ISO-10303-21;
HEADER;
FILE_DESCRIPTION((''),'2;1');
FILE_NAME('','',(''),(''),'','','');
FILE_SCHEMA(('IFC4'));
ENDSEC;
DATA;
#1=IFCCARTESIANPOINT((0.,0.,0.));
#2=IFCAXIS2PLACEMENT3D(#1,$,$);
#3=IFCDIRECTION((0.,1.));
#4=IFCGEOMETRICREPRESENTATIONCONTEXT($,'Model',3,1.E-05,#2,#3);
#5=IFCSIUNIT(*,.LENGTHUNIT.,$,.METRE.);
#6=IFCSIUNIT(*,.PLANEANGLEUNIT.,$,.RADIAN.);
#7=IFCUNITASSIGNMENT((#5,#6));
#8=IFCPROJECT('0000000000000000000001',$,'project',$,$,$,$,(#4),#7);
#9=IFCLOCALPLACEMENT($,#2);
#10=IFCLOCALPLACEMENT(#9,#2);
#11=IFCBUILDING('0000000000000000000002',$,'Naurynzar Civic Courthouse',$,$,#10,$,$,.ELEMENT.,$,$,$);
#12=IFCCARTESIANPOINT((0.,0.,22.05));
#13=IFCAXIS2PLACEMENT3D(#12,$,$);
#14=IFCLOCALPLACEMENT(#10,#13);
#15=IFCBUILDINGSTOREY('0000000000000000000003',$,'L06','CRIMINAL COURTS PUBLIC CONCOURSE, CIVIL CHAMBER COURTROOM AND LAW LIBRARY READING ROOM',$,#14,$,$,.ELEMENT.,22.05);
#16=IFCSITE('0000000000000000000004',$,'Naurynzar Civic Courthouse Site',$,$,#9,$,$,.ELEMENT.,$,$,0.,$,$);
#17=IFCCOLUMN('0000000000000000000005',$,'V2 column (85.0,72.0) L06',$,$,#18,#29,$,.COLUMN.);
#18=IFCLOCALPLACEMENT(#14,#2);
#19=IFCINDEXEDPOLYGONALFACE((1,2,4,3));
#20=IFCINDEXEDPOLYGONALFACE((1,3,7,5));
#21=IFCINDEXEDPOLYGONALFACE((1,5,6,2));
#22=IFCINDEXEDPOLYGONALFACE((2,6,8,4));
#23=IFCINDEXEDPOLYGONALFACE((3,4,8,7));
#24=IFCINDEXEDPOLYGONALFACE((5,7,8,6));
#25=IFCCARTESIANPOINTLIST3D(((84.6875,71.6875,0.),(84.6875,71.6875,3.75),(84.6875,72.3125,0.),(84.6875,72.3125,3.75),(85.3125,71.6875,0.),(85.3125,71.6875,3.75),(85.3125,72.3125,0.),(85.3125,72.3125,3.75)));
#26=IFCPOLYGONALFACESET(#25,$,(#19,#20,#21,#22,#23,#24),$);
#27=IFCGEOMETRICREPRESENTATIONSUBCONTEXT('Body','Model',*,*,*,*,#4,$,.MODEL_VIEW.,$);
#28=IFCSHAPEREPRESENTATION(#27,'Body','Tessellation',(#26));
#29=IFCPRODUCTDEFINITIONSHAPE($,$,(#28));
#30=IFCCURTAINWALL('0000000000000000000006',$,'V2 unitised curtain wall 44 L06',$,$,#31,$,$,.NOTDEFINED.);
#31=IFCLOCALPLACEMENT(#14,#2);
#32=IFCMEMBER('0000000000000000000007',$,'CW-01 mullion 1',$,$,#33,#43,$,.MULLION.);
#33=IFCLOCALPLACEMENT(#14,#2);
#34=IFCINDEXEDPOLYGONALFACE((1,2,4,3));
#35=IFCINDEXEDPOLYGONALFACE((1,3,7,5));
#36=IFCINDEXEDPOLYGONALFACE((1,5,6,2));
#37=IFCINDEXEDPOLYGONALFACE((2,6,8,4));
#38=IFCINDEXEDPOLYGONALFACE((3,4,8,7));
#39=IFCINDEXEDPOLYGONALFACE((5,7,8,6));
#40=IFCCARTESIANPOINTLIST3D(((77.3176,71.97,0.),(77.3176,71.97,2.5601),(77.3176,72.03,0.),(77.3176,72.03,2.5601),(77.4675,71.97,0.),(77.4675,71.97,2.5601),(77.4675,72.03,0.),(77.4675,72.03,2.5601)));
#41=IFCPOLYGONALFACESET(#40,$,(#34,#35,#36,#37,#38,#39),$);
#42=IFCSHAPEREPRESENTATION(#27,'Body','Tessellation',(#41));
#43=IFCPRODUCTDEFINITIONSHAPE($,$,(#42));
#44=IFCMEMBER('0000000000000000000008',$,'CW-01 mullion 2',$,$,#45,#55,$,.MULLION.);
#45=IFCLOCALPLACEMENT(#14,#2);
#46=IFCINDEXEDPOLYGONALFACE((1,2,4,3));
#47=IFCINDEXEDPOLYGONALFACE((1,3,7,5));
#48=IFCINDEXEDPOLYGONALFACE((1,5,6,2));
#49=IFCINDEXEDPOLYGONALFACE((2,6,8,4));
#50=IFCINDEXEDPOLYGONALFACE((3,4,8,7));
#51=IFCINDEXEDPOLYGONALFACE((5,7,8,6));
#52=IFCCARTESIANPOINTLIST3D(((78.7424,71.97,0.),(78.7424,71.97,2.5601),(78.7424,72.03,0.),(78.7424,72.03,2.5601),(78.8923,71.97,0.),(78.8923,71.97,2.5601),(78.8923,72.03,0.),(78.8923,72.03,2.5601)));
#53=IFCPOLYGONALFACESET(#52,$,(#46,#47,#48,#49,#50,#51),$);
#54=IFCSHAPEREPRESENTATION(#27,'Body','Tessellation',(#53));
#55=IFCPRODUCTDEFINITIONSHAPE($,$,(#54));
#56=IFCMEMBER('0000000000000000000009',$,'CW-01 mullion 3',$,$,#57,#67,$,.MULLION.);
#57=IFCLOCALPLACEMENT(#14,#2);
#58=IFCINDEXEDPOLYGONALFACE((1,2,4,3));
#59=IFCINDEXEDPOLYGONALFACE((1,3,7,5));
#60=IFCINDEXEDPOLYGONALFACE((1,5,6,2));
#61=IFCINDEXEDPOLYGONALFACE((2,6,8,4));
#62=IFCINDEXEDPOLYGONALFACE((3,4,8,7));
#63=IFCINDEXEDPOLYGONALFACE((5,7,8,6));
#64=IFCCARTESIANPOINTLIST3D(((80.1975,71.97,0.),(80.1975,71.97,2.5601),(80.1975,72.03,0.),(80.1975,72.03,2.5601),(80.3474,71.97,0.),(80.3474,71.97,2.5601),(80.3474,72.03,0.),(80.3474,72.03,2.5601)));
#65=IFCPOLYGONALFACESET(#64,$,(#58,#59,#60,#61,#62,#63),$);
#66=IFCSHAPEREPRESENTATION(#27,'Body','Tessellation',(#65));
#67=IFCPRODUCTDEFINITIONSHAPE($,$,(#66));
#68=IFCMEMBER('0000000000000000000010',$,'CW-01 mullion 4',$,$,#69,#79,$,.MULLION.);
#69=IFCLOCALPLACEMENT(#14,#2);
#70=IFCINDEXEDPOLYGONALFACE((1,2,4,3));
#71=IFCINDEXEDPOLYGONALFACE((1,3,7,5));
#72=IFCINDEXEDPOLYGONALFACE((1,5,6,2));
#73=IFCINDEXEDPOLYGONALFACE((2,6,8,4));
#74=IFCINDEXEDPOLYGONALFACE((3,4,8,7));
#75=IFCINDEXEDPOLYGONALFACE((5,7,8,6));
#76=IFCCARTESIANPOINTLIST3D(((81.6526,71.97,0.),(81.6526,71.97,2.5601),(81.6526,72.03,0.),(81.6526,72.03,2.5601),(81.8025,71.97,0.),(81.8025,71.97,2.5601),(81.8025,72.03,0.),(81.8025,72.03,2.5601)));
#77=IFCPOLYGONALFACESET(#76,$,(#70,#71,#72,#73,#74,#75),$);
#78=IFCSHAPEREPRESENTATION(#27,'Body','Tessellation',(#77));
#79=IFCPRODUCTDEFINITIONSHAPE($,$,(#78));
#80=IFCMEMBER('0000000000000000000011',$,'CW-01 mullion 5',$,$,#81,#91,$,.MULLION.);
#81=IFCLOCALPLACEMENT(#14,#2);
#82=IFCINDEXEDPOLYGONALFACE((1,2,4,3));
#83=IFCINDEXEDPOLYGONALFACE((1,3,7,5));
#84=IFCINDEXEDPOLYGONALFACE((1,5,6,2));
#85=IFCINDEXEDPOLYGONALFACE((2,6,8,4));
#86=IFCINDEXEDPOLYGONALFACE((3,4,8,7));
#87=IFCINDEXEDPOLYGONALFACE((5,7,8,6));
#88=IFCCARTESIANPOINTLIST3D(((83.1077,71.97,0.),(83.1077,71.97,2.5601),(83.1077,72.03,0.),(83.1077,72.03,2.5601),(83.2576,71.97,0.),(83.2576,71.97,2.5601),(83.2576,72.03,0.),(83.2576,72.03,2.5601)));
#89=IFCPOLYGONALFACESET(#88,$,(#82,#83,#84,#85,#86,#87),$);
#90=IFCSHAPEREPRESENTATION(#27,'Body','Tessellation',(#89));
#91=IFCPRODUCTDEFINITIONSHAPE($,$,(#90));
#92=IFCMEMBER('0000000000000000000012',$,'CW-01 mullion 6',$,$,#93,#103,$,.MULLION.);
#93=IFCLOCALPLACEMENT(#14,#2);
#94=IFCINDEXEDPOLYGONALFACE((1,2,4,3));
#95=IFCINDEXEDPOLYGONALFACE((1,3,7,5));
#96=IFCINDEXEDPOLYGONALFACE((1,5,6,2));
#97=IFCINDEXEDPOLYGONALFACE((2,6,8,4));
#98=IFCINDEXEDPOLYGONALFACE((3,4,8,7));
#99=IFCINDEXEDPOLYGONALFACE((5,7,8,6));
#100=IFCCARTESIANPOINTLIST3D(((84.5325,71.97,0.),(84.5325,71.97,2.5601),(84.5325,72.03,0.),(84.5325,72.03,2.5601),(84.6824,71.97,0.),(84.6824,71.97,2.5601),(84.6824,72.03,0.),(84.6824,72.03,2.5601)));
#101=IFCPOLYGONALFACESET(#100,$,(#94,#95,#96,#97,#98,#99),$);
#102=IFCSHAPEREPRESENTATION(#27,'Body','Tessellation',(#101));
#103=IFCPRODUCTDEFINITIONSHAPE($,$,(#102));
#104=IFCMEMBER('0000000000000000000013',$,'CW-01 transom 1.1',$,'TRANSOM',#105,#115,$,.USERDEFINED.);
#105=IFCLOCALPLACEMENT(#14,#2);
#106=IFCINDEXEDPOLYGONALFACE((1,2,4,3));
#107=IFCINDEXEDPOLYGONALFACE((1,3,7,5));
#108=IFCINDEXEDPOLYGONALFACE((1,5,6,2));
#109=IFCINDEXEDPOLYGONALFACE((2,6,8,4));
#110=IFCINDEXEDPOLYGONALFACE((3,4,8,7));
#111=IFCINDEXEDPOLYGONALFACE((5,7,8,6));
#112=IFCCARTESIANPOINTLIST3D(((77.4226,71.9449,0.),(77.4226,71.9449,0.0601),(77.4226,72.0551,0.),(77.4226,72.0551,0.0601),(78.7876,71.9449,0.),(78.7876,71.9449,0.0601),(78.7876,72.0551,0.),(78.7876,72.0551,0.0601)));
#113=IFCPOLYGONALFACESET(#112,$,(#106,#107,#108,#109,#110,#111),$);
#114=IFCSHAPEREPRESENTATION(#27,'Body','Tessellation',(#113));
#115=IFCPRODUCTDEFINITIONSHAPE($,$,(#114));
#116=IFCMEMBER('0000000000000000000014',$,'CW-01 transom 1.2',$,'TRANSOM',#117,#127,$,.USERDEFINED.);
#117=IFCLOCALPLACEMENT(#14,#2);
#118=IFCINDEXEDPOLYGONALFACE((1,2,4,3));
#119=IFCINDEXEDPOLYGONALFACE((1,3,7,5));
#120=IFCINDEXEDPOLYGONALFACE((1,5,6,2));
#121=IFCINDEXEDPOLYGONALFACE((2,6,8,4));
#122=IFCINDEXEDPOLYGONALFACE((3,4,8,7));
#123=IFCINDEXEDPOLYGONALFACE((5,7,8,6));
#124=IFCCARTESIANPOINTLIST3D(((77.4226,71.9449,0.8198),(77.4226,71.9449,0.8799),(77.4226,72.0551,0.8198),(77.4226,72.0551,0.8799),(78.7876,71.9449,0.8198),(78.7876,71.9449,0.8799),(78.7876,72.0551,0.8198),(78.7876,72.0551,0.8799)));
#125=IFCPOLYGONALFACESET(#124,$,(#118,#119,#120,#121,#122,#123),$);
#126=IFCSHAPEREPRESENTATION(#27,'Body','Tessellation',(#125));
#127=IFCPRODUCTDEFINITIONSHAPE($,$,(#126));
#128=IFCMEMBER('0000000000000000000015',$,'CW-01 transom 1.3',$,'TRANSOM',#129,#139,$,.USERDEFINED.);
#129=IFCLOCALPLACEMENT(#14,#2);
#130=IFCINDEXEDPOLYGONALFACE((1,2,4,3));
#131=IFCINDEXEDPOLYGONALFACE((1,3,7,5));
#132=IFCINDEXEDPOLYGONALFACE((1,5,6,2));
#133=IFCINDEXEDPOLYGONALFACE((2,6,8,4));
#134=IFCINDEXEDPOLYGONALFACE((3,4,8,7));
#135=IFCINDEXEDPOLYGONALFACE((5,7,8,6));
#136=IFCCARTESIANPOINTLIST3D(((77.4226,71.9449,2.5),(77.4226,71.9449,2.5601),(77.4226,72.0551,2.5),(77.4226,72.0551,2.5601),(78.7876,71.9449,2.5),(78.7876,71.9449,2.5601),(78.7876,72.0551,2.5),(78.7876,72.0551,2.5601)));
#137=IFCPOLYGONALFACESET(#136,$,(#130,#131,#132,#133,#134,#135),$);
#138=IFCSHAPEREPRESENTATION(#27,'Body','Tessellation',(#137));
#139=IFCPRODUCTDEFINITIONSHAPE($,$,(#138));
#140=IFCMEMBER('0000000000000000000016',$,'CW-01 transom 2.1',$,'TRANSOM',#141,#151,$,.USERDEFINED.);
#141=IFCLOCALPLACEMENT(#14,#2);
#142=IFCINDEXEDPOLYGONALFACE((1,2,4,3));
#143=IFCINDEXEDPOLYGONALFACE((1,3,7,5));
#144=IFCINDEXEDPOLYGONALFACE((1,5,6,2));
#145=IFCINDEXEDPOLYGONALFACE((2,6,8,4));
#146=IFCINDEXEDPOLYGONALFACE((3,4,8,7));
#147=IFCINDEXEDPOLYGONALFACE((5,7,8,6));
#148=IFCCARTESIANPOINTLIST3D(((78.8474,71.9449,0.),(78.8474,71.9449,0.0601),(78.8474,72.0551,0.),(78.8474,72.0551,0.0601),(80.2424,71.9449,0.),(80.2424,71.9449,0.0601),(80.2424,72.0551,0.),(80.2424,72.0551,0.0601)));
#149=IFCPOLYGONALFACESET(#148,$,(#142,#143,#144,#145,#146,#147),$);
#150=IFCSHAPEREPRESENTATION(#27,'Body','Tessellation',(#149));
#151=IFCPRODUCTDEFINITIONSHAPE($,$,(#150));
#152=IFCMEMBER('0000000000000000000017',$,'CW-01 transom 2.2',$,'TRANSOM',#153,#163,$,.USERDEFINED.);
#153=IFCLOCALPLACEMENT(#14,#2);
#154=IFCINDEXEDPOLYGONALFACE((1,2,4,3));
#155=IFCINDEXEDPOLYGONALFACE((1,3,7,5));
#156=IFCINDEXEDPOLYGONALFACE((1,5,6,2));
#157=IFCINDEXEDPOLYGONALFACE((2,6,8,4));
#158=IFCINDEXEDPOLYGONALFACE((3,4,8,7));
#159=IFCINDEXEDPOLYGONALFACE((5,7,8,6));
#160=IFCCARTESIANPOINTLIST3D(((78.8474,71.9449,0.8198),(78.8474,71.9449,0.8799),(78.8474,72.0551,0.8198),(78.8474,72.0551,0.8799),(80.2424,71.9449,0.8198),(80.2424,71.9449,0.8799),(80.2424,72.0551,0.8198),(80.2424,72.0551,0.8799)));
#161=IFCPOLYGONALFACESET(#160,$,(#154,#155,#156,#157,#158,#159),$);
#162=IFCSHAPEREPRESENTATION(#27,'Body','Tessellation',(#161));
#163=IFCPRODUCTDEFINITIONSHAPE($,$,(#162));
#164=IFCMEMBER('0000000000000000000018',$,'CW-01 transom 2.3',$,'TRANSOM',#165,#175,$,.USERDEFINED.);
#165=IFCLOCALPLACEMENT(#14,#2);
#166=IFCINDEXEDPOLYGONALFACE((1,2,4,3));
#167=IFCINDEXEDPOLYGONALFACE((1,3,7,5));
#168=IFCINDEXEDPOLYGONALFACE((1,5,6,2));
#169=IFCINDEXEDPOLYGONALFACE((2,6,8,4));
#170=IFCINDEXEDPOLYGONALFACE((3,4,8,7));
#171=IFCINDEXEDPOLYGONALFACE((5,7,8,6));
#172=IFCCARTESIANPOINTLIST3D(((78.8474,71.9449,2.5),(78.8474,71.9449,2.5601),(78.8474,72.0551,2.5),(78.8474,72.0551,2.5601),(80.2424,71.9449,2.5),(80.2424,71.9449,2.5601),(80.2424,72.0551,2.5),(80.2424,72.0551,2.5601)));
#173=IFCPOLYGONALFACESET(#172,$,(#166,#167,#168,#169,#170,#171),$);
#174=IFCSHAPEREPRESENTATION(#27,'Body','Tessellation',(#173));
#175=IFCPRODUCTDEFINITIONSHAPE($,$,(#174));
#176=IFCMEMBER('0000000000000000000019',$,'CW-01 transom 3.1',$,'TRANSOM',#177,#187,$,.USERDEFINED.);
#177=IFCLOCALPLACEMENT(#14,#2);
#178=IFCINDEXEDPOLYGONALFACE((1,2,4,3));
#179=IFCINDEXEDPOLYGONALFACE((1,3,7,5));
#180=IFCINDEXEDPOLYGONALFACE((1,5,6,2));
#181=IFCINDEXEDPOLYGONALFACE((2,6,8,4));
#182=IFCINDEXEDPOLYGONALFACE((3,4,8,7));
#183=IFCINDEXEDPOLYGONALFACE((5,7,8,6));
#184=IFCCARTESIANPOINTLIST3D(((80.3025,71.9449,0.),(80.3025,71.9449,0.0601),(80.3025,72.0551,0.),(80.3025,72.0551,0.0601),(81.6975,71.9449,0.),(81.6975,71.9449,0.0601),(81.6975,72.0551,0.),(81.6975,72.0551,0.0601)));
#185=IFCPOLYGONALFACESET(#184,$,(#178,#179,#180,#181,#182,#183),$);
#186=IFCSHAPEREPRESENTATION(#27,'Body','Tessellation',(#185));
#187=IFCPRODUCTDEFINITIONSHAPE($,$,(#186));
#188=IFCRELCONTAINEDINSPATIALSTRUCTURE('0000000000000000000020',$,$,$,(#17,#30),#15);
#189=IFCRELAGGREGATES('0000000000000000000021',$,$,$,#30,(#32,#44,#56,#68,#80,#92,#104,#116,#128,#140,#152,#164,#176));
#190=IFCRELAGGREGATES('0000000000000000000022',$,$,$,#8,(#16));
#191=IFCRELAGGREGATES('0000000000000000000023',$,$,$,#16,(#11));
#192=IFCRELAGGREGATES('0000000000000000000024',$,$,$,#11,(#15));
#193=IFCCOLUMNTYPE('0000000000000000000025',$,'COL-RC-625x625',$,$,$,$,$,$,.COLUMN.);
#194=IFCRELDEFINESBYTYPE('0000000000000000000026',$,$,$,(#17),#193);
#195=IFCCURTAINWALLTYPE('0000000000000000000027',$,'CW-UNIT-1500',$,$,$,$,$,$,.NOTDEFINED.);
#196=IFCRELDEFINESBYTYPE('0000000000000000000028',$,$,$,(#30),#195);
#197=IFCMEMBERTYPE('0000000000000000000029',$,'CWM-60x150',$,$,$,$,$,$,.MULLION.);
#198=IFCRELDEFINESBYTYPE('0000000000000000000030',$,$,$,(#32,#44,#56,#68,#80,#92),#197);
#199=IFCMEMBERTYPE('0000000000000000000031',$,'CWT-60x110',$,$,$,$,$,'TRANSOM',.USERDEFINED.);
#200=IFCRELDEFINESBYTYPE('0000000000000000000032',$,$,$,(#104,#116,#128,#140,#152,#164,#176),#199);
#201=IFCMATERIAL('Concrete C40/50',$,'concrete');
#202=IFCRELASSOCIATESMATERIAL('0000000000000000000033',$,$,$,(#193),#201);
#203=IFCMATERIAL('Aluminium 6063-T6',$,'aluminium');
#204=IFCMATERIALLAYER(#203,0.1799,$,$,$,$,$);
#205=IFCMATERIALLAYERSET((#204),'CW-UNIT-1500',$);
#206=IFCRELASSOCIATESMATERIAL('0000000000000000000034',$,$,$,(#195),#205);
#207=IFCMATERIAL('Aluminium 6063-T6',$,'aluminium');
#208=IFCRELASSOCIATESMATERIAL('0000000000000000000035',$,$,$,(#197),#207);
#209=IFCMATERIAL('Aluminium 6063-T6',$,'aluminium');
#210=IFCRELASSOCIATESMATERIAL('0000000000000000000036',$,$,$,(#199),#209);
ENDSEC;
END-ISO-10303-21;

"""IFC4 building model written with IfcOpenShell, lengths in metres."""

from ifc_helpers import new_model, si_unit, direction, frame, origin, origin_2d, place, context, subcontext, project, spatial, rectangle, extrude, material, layer, layer_set, material_profile, profile_set, type_object, element, aggregate, save


model = new_model("IFC4")

# Units and contexts
model_context = context("Model", 3, precision=1e-05, world=origin(), true_north=direction((0.0, 1.0)))
body_context = subcontext(model_context, "Body", "Model", "MODEL_VIEW")
ifc_project = project(units=[si_unit("LENGTHUNIT", "METRE"), si_unit("PLANEANGLEUNIT", "RADIAN")], contexts=[model_context])

# Site, building, storey
site_placement = place(None, origin())
site = spatial("IfcSite", under=ifc_project, at=site_placement, Name="Naurynzar Civic Courthouse Site", CompositionType="ELEMENT", RefElevation=0.0)
building_placement = place(site_placement, origin())
building = spatial("IfcBuilding", under=site, at=building_placement, Name="Naurynzar Civic Courthouse", CompositionType="ELEMENT")
storey_placement = place(building_placement, frame((0.0, 0.0, 22.05)))
storey = spatial("IfcBuildingStorey", under=building, at=storey_placement, Name="L06", Description="CRIMINAL COURTS PUBLIC CONCOURSE, CIVIL CHAMBER COURTROOM AND LAW LIBRARY READING ROOM", CompositionType="ELEMENT", Elevation=22.05)

# Column
ifc_material_1 = material(Name="Concrete C40/50", Category="concrete")
ifc_material_profile_1 = material_profile(ifc_material_1, rectangle(XDim=0.625, YDim=0.625, at=origin_2d()), Name="RC 625x625")
ifc_profile_set_1 = profile_set([ifc_material_profile_1], Name="Concrete C40/50")
column_type = type_object("IfcColumnType", Name="COL-RC-625x625", PredefinedType="COLUMN", material=ifc_profile_set_1)
column_placement = place(storey_placement, frame((85.0, 72.0, 0.0), z_axis=(0.0, 0.0, 1.0), x_axis=(1.0, 0.0, 0.0)))
element("IfcColumn", 1, at=column_placement, inside=storey, type_object=column_type, Name="V2 column (85.0,72.0) L06", PredefinedType="COLUMN", context=body_context, shape_type="SweptSolid", body=[
    extrude(rectangle(XDim=0.625, YDim=0.625, at=origin_2d()), origin(), (0.0, 0.0, 1.0), 3.75),
])

# Curtain wall, members
ifc_material_2 = material(Name="Aluminium 6063-T6", Category="aluminium")
ifc_layer_1 = layer(ifc_material_2, 0.1799)
ifc_layer_set_1 = layer_set([ifc_layer_1], Name="CW-UNIT-1500")
curtain_wall_type = type_object("IfcCurtainWallType", Name="CW-UNIT-1500", PredefinedType="NOTDEFINED", material=ifc_layer_set_1)
curtain_wall_placement = place(storey_placement, origin())
curtain_wall = element("IfcCurtainWall", 2, at=curtain_wall_placement, inside=storey, type_object=curtain_wall_type, Name="V2 unitised curtain wall 44 L06", PredefinedType="NOTDEFINED")
ifc_material_3 = material(Name="Aluminium 6063-T6", Category="aluminium")
ifc_material_profile_2 = material_profile(ifc_material_3, rectangle(XDim=0.0601, YDim=0.1499, at=origin_2d()), Name="ALU MULLION 60x150")
ifc_profile_set_2 = profile_set([ifc_material_profile_2], Name="Aluminium 6063-T6")
member_type_1 = type_object("IfcMemberType", Name="CWM-60x150", PredefinedType="MULLION", material=ifc_profile_set_2)
member_1_placement = place(storey_placement, frame((77.3926, 72.0, 0.0), z_axis=(0.0, 0.0, 1.0), x_axis=(0.0, 1.0, 0.0)))
member_1 = element("IfcMember", 3, at=member_1_placement, type_object=member_type_1, Name="CW-01 mullion 1", PredefinedType="MULLION", context=body_context, shape_type="SweptSolid", body=[
    extrude(rectangle(XDim=0.0601, YDim=0.1499, at=origin_2d()), origin(), (0.0, 0.0, 1.0), 2.5601),
])
member_2_placement = place(storey_placement, frame((78.8174, 72.0, 0.0), z_axis=(0.0, 0.0, 1.0), x_axis=(0.0, 1.0, 0.0)))
member_2 = element("IfcMember", 4, at=member_2_placement, type_object=member_type_1, Name="CW-01 mullion 2", PredefinedType="MULLION", context=body_context, shape_type="SweptSolid", body=[
    extrude(rectangle(XDim=0.0601, YDim=0.1499, at=origin_2d()), origin(), (0.0, 0.0, 1.0), 2.5601),
])
member_3_placement = place(storey_placement, frame((80.2725, 72.0, 0.0), z_axis=(0.0, 0.0, 1.0), x_axis=(0.0, 1.0, 0.0)))
member_3 = element("IfcMember", 5, at=member_3_placement, type_object=member_type_1, Name="CW-01 mullion 3", PredefinedType="MULLION", context=body_context, shape_type="SweptSolid", body=[
    extrude(rectangle(XDim=0.0601, YDim=0.1499, at=origin_2d()), origin(), (0.0, 0.0, 1.0), 2.5601),
])
member_4_placement = place(storey_placement, frame((81.7275, 72.0, 0.0), z_axis=(0.0, 0.0, 1.0), x_axis=(0.0, 1.0, 0.0)))
member_4 = element("IfcMember", 6, at=member_4_placement, type_object=member_type_1, Name="CW-01 mullion 4", PredefinedType="MULLION", context=body_context, shape_type="SweptSolid", body=[
    extrude(rectangle(XDim=0.0601, YDim=0.1499, at=origin_2d()), origin(), (0.0, 0.0, 1.0), 2.5601),
])
member_5_placement = place(storey_placement, frame((83.1826, 72.0, 0.0), z_axis=(0.0, 0.0, 1.0), x_axis=(0.0, 1.0, 0.0)))
member_5 = element("IfcMember", 7, at=member_5_placement, type_object=member_type_1, Name="CW-01 mullion 5", PredefinedType="MULLION", context=body_context, shape_type="SweptSolid", body=[
    extrude(rectangle(XDim=0.0601, YDim=0.1499, at=origin_2d()), origin(), (0.0, 0.0, 1.0), 2.5601),
])
member_6_placement = place(storey_placement, frame((84.6074, 72.0, 0.0), z_axis=(0.0, 0.0, 1.0), x_axis=(0.0, 1.0, 0.0)))
member_6 = element("IfcMember", 8, at=member_6_placement, type_object=member_type_1, Name="CW-01 mullion 6", PredefinedType="MULLION", context=body_context, shape_type="SweptSolid", body=[
    extrude(rectangle(XDim=0.0601, YDim=0.1499, at=origin_2d()), origin(), (0.0, 0.0, 1.0), 2.5601),
])
ifc_material_4 = material(Name="Aluminium 6063-T6", Category="aluminium")
ifc_material_profile_3 = material_profile(ifc_material_4, rectangle(XDim=0.1101, YDim=0.0601, at=origin_2d()), Name="ALU TRANSOM 60x110")
ifc_profile_set_3 = profile_set([ifc_material_profile_3], Name="Aluminium 6063-T6")
member_type_2 = type_object("IfcMemberType", Name="CWT-60x110", ElementType="TRANSOM", PredefinedType="USERDEFINED", material=ifc_profile_set_3)
member_7_placement = place(storey_placement, frame((77.4226, 72.0, 0.03), z_axis=(1.0, 0.0, 0.0), x_axis=(0.0, 1.0, 0.0)))
member_7 = element("IfcMember", 9, at=member_7_placement, type_object=member_type_2, Name="CW-01 transom 1.1", ObjectType="TRANSOM", PredefinedType="USERDEFINED", context=body_context, shape_type="SweptSolid", body=[
    extrude(rectangle(XDim=0.1101, YDim=0.0601, at=origin_2d()), origin(), (0.0, 0.0, 1.0), 1.365),
])
member_8_placement = place(storey_placement, frame((77.4226, 72.0, 0.8499), z_axis=(1.0, 0.0, 0.0), x_axis=(0.0, 1.0, 0.0)))
member_8 = element("IfcMember", 10, at=member_8_placement, type_object=member_type_2, Name="CW-01 transom 1.2", ObjectType="TRANSOM", PredefinedType="USERDEFINED", context=body_context, shape_type="SweptSolid", body=[
    extrude(rectangle(XDim=0.1101, YDim=0.0601, at=origin_2d()), origin(), (0.0, 0.0, 1.0), 1.365),
])
member_9_placement = place(storey_placement, frame((77.4226, 72.0, 2.53), z_axis=(1.0, 0.0, 0.0), x_axis=(0.0, 1.0, 0.0)))
member_9 = element("IfcMember", 11, at=member_9_placement, type_object=member_type_2, Name="CW-01 transom 1.3", ObjectType="TRANSOM", PredefinedType="USERDEFINED", context=body_context, shape_type="SweptSolid", body=[
    extrude(rectangle(XDim=0.1101, YDim=0.0601, at=origin_2d()), origin(), (0.0, 0.0, 1.0), 1.365),
])
member_10_placement = place(storey_placement, frame((78.8474, 72.0, 0.03), z_axis=(1.0, 0.0, 0.0), x_axis=(0.0, 1.0, 0.0)))
member_10 = element("IfcMember", 12, at=member_10_placement, type_object=member_type_2, Name="CW-01 transom 2.1", ObjectType="TRANSOM", PredefinedType="USERDEFINED", context=body_context, shape_type="SweptSolid", body=[
    extrude(rectangle(XDim=0.1101, YDim=0.0601, at=origin_2d()), origin(), (0.0, 0.0, 1.0), 1.395),
])
member_11_placement = place(storey_placement, frame((78.8474, 72.0, 0.8499), z_axis=(1.0, 0.0, 0.0), x_axis=(0.0, 1.0, 0.0)))
member_11 = element("IfcMember", 13, at=member_11_placement, type_object=member_type_2, Name="CW-01 transom 2.2", ObjectType="TRANSOM", PredefinedType="USERDEFINED", context=body_context, shape_type="SweptSolid", body=[
    extrude(rectangle(XDim=0.1101, YDim=0.0601, at=origin_2d()), origin(), (0.0, 0.0, 1.0), 1.395),
])
member_12_placement = place(storey_placement, frame((78.8474, 72.0, 2.53), z_axis=(1.0, 0.0, 0.0), x_axis=(0.0, 1.0, 0.0)))
member_12 = element("IfcMember", 14, at=member_12_placement, type_object=member_type_2, Name="CW-01 transom 2.3", ObjectType="TRANSOM", PredefinedType="USERDEFINED", context=body_context, shape_type="SweptSolid", body=[
    extrude(rectangle(XDim=0.1101, YDim=0.0601, at=origin_2d()), origin(), (0.0, 0.0, 1.0), 1.395),
])
member_13_placement = place(storey_placement, frame((80.3025, 72.0, 0.03), z_axis=(1.0, 0.0, 0.0), x_axis=(0.0, 1.0, 0.0)))
member_13 = element("IfcMember", 15, at=member_13_placement, type_object=member_type_2, Name="CW-01 transom 3.1", ObjectType="TRANSOM", PredefinedType="USERDEFINED", context=body_context, shape_type="SweptSolid", body=[
    extrude(rectangle(XDim=0.1101, YDim=0.0601, at=origin_2d()), origin(), (0.0, 0.0, 1.0), 1.395),
])
aggregate(curtain_wall, [member_1, member_2, member_3, member_4, member_5, member_6, member_7, member_8, member_9, member_10, member_11, member_12, member_13])

save(model, "model.ifc")
